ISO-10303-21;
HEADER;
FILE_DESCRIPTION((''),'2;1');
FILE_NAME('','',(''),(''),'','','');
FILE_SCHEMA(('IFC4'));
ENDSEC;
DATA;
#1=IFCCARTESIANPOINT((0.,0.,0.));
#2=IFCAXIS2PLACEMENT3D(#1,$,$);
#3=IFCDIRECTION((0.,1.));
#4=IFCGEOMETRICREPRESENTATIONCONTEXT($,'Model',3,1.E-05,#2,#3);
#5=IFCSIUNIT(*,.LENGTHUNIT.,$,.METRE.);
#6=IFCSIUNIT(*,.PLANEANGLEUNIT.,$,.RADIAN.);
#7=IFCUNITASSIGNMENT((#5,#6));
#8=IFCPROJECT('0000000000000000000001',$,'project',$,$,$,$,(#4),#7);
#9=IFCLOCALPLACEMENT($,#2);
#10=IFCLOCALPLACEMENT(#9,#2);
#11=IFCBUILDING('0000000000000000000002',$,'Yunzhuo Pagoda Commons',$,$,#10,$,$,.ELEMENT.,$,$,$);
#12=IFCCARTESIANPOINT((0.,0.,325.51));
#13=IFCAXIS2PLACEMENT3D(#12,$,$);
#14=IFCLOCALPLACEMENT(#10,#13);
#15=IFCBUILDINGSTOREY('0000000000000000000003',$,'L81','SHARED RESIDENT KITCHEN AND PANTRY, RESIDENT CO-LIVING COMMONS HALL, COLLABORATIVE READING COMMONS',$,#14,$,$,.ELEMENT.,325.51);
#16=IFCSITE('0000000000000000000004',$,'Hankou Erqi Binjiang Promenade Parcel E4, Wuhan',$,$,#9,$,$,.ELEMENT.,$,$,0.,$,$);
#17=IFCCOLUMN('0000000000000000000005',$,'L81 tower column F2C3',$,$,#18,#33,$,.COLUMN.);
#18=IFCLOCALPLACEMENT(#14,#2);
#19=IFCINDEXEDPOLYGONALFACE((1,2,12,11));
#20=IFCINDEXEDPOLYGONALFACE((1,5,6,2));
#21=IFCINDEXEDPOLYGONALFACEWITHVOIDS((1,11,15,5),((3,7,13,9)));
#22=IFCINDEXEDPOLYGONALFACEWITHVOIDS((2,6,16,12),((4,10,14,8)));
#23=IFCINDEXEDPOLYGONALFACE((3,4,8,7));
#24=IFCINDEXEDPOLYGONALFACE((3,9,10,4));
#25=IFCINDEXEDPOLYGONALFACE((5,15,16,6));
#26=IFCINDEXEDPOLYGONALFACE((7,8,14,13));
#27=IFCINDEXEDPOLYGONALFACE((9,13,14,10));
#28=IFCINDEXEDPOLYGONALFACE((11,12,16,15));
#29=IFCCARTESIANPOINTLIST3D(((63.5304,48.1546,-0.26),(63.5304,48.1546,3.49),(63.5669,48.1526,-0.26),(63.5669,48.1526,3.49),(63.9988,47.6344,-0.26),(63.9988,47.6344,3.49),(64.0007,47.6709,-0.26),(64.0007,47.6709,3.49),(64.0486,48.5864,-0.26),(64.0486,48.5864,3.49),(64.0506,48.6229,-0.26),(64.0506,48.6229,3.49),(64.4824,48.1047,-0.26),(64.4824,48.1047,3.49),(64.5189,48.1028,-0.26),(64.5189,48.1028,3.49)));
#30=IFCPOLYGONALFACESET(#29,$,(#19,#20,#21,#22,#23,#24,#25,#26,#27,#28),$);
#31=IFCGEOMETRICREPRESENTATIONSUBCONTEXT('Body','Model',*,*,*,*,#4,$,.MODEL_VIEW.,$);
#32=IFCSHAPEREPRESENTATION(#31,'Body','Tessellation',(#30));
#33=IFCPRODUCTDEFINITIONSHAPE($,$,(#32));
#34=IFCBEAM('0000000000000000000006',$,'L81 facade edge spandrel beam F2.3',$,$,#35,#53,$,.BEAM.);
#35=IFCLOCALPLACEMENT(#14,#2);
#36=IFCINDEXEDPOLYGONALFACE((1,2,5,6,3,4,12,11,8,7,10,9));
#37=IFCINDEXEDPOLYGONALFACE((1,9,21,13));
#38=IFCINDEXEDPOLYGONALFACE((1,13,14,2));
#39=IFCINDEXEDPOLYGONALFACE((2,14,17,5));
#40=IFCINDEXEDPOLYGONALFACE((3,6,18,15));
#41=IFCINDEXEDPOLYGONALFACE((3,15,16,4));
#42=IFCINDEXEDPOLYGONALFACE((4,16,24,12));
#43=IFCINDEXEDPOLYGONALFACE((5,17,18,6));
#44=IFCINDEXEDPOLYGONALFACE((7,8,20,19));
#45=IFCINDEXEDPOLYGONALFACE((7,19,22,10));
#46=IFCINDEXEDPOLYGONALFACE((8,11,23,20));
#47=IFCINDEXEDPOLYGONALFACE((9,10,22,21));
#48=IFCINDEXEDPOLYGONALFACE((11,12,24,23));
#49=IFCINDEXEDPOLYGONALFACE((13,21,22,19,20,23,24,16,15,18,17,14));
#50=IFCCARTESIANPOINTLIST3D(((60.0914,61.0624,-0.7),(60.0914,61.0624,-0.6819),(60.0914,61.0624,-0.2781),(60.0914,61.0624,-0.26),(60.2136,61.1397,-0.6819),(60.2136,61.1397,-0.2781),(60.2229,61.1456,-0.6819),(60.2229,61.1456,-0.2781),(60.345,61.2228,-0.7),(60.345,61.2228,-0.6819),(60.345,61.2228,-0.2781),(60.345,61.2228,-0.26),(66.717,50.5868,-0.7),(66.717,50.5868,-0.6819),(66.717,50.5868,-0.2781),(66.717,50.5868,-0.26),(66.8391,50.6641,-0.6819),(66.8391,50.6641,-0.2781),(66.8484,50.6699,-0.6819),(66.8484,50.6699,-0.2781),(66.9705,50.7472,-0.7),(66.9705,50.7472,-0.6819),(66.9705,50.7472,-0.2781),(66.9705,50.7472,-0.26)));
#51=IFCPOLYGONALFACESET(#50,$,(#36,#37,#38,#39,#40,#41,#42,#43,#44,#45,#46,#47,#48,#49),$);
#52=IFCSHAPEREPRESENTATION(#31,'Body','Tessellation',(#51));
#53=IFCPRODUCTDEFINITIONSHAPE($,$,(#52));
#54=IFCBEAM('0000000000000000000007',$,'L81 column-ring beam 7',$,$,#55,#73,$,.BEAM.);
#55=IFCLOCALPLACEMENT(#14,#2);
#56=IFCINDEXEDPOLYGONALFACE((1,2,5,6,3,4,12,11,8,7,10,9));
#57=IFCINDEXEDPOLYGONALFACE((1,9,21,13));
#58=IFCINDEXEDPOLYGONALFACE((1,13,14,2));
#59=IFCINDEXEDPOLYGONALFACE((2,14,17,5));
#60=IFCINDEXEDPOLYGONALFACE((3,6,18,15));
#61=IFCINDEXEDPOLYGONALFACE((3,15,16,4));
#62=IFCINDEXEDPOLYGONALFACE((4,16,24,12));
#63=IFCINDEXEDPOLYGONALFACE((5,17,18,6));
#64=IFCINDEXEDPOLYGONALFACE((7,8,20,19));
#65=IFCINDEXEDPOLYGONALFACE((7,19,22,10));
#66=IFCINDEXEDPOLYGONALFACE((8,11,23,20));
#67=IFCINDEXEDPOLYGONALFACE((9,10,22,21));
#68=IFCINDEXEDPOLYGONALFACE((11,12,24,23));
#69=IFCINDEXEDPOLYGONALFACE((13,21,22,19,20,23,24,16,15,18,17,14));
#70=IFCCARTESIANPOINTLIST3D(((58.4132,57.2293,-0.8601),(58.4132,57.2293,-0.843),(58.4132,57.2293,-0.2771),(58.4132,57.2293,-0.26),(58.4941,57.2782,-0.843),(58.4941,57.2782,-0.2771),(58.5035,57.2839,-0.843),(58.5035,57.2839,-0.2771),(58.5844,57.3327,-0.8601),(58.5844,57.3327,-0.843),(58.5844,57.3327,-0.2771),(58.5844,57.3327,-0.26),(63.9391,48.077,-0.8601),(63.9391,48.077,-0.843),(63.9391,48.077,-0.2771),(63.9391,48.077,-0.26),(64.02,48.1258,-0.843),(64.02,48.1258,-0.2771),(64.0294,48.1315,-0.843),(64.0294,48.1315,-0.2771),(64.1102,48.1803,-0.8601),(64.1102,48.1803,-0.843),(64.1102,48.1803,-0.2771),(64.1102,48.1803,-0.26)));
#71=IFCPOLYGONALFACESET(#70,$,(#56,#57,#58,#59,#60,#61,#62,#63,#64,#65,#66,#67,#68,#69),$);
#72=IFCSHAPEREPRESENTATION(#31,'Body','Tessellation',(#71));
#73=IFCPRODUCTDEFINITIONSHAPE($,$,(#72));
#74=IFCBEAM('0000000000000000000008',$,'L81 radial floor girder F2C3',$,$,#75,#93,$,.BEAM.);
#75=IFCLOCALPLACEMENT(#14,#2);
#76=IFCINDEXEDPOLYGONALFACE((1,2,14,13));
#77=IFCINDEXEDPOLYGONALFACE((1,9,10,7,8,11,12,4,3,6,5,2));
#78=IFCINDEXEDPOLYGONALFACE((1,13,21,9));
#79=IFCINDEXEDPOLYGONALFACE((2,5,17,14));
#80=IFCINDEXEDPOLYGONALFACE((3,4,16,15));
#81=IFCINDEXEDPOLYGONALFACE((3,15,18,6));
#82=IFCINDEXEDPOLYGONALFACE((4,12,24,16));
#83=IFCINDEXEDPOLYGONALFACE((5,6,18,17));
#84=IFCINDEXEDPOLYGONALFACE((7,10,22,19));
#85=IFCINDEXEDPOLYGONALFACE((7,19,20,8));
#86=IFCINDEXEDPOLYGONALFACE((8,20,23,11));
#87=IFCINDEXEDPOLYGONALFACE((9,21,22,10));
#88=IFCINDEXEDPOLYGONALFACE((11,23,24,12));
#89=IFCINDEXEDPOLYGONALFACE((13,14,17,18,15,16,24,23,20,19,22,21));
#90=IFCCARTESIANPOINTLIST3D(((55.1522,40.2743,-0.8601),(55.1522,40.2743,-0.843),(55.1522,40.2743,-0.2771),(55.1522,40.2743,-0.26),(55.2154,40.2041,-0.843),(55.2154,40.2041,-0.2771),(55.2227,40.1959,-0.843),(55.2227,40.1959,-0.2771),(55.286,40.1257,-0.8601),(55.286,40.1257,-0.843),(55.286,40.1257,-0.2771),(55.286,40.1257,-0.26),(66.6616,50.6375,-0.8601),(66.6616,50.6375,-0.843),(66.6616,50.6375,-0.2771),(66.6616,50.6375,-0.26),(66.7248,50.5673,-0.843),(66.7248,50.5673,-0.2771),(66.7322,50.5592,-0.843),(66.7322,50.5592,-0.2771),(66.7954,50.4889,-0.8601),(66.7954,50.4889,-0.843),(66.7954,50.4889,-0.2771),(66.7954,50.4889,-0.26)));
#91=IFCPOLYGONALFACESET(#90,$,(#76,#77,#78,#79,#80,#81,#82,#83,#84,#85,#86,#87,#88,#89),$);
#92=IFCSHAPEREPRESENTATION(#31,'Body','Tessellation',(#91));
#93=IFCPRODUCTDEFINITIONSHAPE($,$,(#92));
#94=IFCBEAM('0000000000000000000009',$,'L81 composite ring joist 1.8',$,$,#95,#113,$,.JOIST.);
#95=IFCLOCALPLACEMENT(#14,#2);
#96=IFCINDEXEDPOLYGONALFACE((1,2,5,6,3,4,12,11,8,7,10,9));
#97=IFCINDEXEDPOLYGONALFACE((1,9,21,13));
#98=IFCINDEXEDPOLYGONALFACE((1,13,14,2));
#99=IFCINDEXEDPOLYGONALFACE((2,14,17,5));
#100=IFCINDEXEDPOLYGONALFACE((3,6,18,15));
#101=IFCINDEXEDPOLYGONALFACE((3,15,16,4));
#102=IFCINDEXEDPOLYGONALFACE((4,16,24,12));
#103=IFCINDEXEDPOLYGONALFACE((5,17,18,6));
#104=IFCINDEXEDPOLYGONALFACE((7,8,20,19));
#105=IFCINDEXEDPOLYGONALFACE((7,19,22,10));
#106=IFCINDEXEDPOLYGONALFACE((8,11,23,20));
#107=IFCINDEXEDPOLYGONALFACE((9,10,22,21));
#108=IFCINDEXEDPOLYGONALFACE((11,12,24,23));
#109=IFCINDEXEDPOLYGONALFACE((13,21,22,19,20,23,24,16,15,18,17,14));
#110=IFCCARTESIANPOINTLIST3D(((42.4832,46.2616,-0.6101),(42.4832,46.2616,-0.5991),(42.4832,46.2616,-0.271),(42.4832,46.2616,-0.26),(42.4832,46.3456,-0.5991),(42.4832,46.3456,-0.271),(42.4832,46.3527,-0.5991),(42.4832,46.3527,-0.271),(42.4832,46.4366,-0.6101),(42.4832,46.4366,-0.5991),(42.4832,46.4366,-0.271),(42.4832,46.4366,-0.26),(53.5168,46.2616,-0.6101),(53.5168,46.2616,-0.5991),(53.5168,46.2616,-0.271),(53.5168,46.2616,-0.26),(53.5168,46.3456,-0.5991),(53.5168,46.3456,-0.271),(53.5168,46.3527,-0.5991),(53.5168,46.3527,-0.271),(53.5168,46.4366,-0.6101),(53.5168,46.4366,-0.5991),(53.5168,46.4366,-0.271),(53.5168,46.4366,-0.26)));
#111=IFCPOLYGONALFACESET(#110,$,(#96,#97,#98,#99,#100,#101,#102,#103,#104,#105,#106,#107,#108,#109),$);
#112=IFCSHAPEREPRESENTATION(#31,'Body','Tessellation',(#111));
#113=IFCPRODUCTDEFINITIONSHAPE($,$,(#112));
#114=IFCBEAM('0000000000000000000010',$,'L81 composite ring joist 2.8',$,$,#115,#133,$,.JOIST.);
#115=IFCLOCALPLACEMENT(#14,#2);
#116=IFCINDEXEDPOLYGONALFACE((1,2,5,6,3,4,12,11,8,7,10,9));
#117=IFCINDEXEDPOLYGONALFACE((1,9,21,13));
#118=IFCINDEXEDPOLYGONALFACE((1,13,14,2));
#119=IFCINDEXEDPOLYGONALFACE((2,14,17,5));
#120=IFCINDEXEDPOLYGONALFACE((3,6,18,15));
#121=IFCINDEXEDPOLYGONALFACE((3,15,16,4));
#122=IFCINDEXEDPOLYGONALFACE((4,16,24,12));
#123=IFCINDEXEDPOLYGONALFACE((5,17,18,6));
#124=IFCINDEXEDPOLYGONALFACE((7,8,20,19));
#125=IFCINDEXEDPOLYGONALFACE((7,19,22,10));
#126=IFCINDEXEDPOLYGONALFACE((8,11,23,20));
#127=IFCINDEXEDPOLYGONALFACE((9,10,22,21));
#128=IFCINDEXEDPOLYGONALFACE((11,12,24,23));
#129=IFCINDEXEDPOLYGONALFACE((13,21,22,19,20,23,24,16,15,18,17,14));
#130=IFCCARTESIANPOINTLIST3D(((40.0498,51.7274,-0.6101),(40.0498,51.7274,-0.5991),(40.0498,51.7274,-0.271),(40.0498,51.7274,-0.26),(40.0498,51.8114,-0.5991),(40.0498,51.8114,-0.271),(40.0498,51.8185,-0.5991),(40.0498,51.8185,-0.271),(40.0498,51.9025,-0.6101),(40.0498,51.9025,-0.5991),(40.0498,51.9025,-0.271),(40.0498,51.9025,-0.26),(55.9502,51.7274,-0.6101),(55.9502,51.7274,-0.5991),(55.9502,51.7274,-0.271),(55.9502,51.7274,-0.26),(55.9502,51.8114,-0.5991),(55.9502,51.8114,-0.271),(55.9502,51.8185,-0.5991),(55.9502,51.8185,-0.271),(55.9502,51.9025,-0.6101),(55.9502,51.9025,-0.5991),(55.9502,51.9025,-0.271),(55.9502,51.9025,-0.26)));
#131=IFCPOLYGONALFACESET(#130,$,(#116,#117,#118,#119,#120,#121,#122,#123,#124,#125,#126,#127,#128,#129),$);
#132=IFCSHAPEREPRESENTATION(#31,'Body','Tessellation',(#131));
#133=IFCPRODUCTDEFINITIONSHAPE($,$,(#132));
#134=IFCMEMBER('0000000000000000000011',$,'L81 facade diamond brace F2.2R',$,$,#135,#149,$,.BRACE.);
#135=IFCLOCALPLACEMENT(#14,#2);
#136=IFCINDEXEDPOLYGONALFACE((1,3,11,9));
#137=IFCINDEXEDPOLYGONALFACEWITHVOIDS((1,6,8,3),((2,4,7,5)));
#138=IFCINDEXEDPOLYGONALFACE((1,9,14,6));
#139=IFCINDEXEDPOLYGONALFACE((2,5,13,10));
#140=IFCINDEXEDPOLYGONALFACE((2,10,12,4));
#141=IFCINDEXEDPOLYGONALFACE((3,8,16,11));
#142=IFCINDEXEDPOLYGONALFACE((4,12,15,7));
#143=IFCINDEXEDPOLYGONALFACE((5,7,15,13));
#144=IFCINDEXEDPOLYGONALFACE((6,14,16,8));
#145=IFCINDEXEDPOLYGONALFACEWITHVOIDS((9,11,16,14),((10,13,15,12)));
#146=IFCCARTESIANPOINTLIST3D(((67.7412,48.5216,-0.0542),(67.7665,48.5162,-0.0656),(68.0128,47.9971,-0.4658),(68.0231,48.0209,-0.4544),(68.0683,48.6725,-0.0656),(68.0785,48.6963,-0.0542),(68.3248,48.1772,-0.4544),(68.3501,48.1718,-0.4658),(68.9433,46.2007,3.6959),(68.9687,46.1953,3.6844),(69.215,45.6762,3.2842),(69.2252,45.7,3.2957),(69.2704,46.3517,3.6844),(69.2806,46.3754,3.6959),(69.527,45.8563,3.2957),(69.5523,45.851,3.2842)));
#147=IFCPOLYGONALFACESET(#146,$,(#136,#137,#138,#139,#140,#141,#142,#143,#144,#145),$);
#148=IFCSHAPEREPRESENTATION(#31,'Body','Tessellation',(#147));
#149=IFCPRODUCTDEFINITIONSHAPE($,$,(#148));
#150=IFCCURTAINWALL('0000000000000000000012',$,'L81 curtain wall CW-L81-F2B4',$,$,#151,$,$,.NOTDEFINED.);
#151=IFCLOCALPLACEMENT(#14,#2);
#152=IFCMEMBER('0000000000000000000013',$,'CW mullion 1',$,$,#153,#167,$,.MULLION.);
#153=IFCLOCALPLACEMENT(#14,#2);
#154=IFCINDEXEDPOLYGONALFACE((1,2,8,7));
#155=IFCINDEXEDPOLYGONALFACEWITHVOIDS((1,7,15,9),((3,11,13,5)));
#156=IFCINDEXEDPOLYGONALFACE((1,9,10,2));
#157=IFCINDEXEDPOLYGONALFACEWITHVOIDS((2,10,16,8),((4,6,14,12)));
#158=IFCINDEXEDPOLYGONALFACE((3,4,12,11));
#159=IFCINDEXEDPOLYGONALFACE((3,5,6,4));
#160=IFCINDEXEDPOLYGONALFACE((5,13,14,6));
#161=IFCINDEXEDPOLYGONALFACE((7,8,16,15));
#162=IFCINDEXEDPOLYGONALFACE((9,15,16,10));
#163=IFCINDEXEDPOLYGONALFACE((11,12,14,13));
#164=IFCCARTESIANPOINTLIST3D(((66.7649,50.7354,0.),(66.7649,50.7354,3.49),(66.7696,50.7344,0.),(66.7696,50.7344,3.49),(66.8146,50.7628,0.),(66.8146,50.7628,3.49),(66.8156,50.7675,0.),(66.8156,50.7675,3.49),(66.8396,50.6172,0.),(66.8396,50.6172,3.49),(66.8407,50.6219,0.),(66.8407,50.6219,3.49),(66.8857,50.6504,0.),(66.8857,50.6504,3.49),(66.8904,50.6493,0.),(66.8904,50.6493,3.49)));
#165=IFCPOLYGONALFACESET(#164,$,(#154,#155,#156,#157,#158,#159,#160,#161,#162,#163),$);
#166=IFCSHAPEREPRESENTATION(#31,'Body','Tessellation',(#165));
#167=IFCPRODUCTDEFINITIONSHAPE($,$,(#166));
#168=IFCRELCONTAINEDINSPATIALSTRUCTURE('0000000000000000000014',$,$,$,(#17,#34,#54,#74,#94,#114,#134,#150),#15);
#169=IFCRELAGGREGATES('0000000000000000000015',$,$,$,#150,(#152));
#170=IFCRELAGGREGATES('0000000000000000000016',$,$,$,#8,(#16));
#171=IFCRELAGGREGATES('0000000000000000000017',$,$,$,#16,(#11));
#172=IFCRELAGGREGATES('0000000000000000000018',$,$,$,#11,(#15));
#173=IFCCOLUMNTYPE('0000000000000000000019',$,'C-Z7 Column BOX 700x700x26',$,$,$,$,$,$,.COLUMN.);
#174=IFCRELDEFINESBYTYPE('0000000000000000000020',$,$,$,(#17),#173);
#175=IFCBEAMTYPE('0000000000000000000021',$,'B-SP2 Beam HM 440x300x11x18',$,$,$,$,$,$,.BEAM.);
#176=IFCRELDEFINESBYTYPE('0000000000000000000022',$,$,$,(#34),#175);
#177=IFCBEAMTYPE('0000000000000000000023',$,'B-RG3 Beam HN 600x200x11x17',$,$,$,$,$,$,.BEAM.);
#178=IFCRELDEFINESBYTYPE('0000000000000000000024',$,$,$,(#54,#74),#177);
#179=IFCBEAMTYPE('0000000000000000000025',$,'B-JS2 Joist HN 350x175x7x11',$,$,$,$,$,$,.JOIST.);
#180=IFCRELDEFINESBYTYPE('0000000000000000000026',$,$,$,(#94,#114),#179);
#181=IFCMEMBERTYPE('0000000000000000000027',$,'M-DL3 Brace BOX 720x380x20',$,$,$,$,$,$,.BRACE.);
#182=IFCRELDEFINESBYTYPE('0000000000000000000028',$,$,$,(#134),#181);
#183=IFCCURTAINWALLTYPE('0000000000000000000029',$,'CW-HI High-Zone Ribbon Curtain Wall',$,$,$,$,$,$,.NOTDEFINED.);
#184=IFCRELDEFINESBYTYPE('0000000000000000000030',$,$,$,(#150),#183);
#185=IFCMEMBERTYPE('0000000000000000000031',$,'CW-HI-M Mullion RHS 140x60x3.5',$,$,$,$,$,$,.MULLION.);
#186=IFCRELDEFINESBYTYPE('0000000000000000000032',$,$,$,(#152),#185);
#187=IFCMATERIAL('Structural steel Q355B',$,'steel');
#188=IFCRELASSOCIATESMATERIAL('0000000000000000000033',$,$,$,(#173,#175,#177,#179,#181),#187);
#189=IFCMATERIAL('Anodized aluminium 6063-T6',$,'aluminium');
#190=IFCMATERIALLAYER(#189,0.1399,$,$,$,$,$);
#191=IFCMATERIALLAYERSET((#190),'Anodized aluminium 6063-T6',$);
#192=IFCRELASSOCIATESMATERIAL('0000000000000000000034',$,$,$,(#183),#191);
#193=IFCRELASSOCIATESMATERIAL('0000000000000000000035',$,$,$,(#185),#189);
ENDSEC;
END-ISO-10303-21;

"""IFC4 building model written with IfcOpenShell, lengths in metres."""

from ifc_helpers import new_model, si_unit, direction, frame, origin, origin_2d, place, context, subcontext, project, spatial, hollow_rectangle, i_section, extrude, source, transform, mapped, material, layer, layer_set, material_profile, profile_set, type_object, element, aggregate, save


model = new_model("IFC4")

# Units and contexts
model_context = context("Model", 3, precision=1e-05, world=origin(), true_north=direction((0.0, 1.0)))
body_context = subcontext(model_context, "Body", "Model", "MODEL_VIEW")
ifc_project = project(units=[si_unit("LENGTHUNIT", "METRE"), si_unit("PLANEANGLEUNIT", "RADIAN")], contexts=[model_context])

# Site, building, storey
site_placement = place(None, origin())
site = spatial("IfcSite", under=ifc_project, at=site_placement, Name="Hankou Erqi Binjiang Promenade Parcel E4, Wuhan", CompositionType="ELEMENT", RefElevation=0.0)
building_placement = place(site_placement, origin())
building = spatial("IfcBuilding", under=site, at=building_placement, Name="Yunzhuo Pagoda Commons", CompositionType="ELEMENT")
storey_placement = place(building_placement, frame((0.0, 0.0, 325.51)))
storey = spatial("IfcBuildingStorey", under=building, at=storey_placement, Name="L81", Description="SHARED RESIDENT KITCHEN AND PANTRY, RESIDENT CO-LIVING COMMONS HALL, COLLABORATIVE READING COMMONS", CompositionType="ELEMENT", Elevation=325.51)

# Column
ifc_material_1 = material(Name="Structural steel Q355B", Category="steel")
ifc_material_profile_1 = material_profile(ifc_material_1, hollow_rectangle(XDim=0.7, YDim=0.7, WallThickness=0.0259, at=origin_2d()), Name="Structural steel Q355B")
ifc_profile_set_1 = profile_set([ifc_material_profile_1], Name="Structural steel Q355B")
column_type = type_object("IfcColumnType", Name="C-Z7 Column BOX 700x700x26", PredefinedType="COLUMN", material=ifc_profile_set_1)
shared_shape_1 = source(origin(), body_context, "Body", "SweptSolid", [
    extrude(hollow_rectangle(XDim=0.7, YDim=0.7, WallThickness=0.0259, at=origin_2d()), origin(), (0.0, 0.0, 1.0), 3.75),
])
column_placement = place(storey_placement, frame((64.0247, 48.1287, -0.26), z_axis=(0.0, 0.0, 1.0), x_axis=(-0.669131, 0.743145, 0.0)))
element("IfcColumn", 1, at=column_placement, inside=storey, type_object=column_type, Name="L81 tower column F2C3", PredefinedType="COLUMN", context=body_context, shape_type="MappedRepresentation", body=[
    mapped(shared_shape_1, transform((0.0, 0.0, 0.0), scale=1.0)),
])

# Beams
ifc_material_profile_2 = material_profile(ifc_material_1, i_section(OverallWidth=0.3, OverallDepth=0.4399, WebThickness=0.011, FlangeThickness=0.0181, at=origin_2d()), Name="Structural steel Q355B")
ifc_profile_set_2 = profile_set([ifc_material_profile_2], Name="Structural steel Q355B")
beam_type_1 = type_object("IfcBeamType", Name="B-SP2 Beam HM 440x300x11x18", PredefinedType="BEAM", material=ifc_profile_set_2)
shared_shape_2 = source(origin(), body_context, "Body", "SweptSolid", [
    extrude(i_section(OverallWidth=0.3, OverallDepth=0.4399, WebThickness=0.011, FlangeThickness=0.0181, at=origin_2d()), origin(), (0.0, 0.0, 1.0), 12.395),
])
beam_1_placement = place(storey_placement, frame((66.8438, 50.667, -0.48), z_axis=(-0.534531, 0.845149, 0.0), x_axis=(-0.845149, -0.534531, 0.0)))
element("IfcBeam", 2, at=beam_1_placement, inside=storey, type_object=beam_type_1, Name="L81 facade edge spandrel beam F2.3", PredefinedType="BEAM", context=body_context, shape_type="MappedRepresentation", body=[
    mapped(shared_shape_2, transform((0.0, 0.0, 0.0), scale=1.0)),
])
ifc_material_profile_3 = material_profile(ifc_material_1, i_section(OverallWidth=0.2, OverallDepth=0.6001, WebThickness=0.011, FlangeThickness=0.0171, at=origin_2d()), Name="Structural steel Q355B")
ifc_profile_set_3 = profile_set([ifc_material_profile_3], Name="Structural steel Q355B")
beam_type_2 = type_object("IfcBeamType", Name="B-RG3 Beam HN 600x200x11x17", PredefinedType="BEAM", material=ifc_profile_set_3)
shared_shape_3 = source(origin(), body_context, "Body", "SweptSolid", [
    extrude(i_section(OverallWidth=0.2, OverallDepth=0.6001, WebThickness=0.011, FlangeThickness=0.0171, at=origin_2d()), origin(), (0.0, 0.0, 1.0), 10.6912),
])
beam_2_placement = place(storey_placement, frame((64.0247, 48.1287, -0.5601), z_axis=(-0.516865, 0.856067, 0.0), x_axis=(-0.856067, -0.516865, 0.0)))
element("IfcBeam", 3, at=beam_2_placement, inside=storey, type_object=beam_type_2, Name="L81 column-ring beam 7", PredefinedType="BEAM", context=body_context, shape_type="MappedRepresentation", body=[
    mapped(shared_shape_3, transform((0.0, 0.0, 0.0), scale=1.0)),
])
shared_shape_4 = source(origin(), body_context, "Body", "SweptSolid", [
    extrude(i_section(OverallWidth=0.2, OverallDepth=0.6001, WebThickness=0.011, FlangeThickness=0.0171, at=origin_2d()), origin(), (0.0, 0.0, 1.0), 15.4875),
])
beam_3_placement = place(storey_placement, frame((66.7285, 50.5632, -0.5601), z_axis=(-0.743143, -0.669133, 0.0), x_axis=(0.669133, -0.743143, 0.0)))
element("IfcBeam", 4, at=beam_3_placement, inside=storey, type_object=beam_type_2, Name="L81 radial floor girder F2C3", PredefinedType="BEAM", context=body_context, shape_type="MappedRepresentation", body=[
    mapped(shared_shape_4, transform((0.0, 0.0, 0.0), scale=1.0)),
])
ifc_material_profile_4 = material_profile(ifc_material_1, i_section(OverallWidth=0.175, OverallDepth=0.3501, WebThickness=0.0071, FlangeThickness=0.011, at=origin_2d()), Name="Structural steel Q355B")
ifc_profile_set_4 = profile_set([ifc_material_profile_4], Name="Structural steel Q355B")
beam_type_3 = type_object("IfcBeamType", Name="B-JS2 Joist HN 350x175x7x11", PredefinedType="JOIST", material=ifc_profile_set_4)
shared_shape_5 = source(origin(), body_context, "Body", "SweptSolid", [
    extrude(i_section(OverallWidth=0.175, OverallDepth=0.3501, WebThickness=0.0071, FlangeThickness=0.011, at=origin_2d()), origin(), (0.0, 0.0, 1.0), 11.0337),
])
beam_4_placement = place(storey_placement, frame((53.5168, 46.3491, -0.4351), z_axis=(-1.0, 0.0, 0.0), x_axis=(0.0, -1.0, 0.0)))
element("IfcBeam", 5, at=beam_4_placement, inside=storey, type_object=beam_type_3, Name="L81 composite ring joist 1.8", PredefinedType="JOIST", context=body_context, shape_type="MappedRepresentation", body=[
    mapped(shared_shape_5, transform((0.0, 0.0, 0.0), scale=1.0)),
])
shared_shape_6 = source(origin(), body_context, "Body", "SweptSolid", [
    extrude(i_section(OverallWidth=0.175, OverallDepth=0.3501, WebThickness=0.0071, FlangeThickness=0.011, at=origin_2d()), origin(), (0.0, 0.0, 1.0), 15.9004),
])
beam_5_placement = place(storey_placement, frame((55.9502, 51.8149, -0.4351), z_axis=(-1.0, 0.0, 0.0), x_axis=(0.0, -1.0, 0.0)))
element("IfcBeam", 6, at=beam_5_placement, inside=storey, type_object=beam_type_3, Name="L81 composite ring joist 2.8", PredefinedType="JOIST", context=body_context, shape_type="MappedRepresentation", body=[
    mapped(shared_shape_6, transform((0.0, 0.0, 0.0), scale=1.0)),
])

# Member
ifc_material_profile_5 = material_profile(ifc_material_1, hollow_rectangle(XDim=0.3799, YDim=0.72, WallThickness=0.02, at=origin_2d()), Name="Structural steel Q355B")
ifc_profile_set_5 = profile_set([ifc_material_profile_5], Name="Structural steel Q355B")
member_type_1 = type_object("IfcMemberType", Name="M-DL3 Brace BOX 720x380x20", PredefinedType="BRACE", material=ifc_profile_set_5)
shared_shape_7 = source(origin(), body_context, "Body", "SweptSolid", [
    extrude(hollow_rectangle(XDim=0.3799, YDim=0.72, WallThickness=0.02, at=origin_2d()), origin(), (0.0, 0.0, 1.0), 4.571),
])
member_1_placement = place(storey_placement, frame((68.0457, 48.3467, -0.26), z_axis=(0.262996, -0.507726, 0.820395), x_axis=(0.887947, 0.459946, 0.0)))
element("IfcMember", 7, at=member_1_placement, inside=storey, type_object=member_type_1, Name="L81 facade diamond brace F2.2R", PredefinedType="BRACE", context=body_context, shape_type="MappedRepresentation", body=[
    mapped(shared_shape_7, transform((0.0, 0.0, 0.0), scale=1.0)),
])

# Curtain wall, member
ifc_material_2 = material(Name="Anodized aluminium 6063-T6", Category="aluminium")
ifc_layer_1 = layer(ifc_material_2, 0.1399)
ifc_layer_set_1 = layer_set([ifc_layer_1], Name="Anodized aluminium 6063-T6")
curtain_wall_type = type_object("IfcCurtainWallType", Name="CW-HI High-Zone Ribbon Curtain Wall", PredefinedType="NOTDEFINED", material=ifc_layer_set_1)
curtain_wall_1_placement = place(storey_placement, origin())
curtain_wall_1 = element("IfcCurtainWall", 8, at=curtain_wall_1_placement, inside=storey, type_object=curtain_wall_type, Name="L81 curtain wall CW-L81-F2B4", PredefinedType="NOTDEFINED")
ifc_material_profile_6 = material_profile(ifc_material_2, hollow_rectangle(XDim=0.0601, YDim=0.1399, WallThickness=0.0034, at=origin_2d()), Name="Anodized aluminium 6063-T6")
ifc_profile_set_6 = profile_set([ifc_material_profile_6], Name="Anodized aluminium 6063-T6")
member_type_2 = type_object("IfcMemberType", Name="CW-HI-M Mullion RHS 140x60x3.5", PredefinedType="MULLION", material=ifc_profile_set_6)
shared_shape_8 = source(origin(), body_context, "Body", "SweptSolid", [
    extrude(hollow_rectangle(XDim=0.0601, YDim=0.1399, WallThickness=0.0034, at=origin_2d()), origin(), (0.0, 0.0, 1.0), 3.49),
])
member_2_placement = place(storey_placement, frame((66.8276, 50.6924, 0.0), z_axis=(0.0, 0.0, 1.0), x_axis=(-0.845149, -0.534531, 0.0)))
member_2 = element("IfcMember", 9, at=member_2_placement, type_object=member_type_2, Name="CW mullion 1", PredefinedType="MULLION", context=body_context, shape_type="MappedRepresentation", body=[
    mapped(shared_shape_8, transform((0.0, 0.0, 0.0), scale=1.0)),
])
aggregate(curtain_wall_1, [member_2])

save(model, "model.ifc")
